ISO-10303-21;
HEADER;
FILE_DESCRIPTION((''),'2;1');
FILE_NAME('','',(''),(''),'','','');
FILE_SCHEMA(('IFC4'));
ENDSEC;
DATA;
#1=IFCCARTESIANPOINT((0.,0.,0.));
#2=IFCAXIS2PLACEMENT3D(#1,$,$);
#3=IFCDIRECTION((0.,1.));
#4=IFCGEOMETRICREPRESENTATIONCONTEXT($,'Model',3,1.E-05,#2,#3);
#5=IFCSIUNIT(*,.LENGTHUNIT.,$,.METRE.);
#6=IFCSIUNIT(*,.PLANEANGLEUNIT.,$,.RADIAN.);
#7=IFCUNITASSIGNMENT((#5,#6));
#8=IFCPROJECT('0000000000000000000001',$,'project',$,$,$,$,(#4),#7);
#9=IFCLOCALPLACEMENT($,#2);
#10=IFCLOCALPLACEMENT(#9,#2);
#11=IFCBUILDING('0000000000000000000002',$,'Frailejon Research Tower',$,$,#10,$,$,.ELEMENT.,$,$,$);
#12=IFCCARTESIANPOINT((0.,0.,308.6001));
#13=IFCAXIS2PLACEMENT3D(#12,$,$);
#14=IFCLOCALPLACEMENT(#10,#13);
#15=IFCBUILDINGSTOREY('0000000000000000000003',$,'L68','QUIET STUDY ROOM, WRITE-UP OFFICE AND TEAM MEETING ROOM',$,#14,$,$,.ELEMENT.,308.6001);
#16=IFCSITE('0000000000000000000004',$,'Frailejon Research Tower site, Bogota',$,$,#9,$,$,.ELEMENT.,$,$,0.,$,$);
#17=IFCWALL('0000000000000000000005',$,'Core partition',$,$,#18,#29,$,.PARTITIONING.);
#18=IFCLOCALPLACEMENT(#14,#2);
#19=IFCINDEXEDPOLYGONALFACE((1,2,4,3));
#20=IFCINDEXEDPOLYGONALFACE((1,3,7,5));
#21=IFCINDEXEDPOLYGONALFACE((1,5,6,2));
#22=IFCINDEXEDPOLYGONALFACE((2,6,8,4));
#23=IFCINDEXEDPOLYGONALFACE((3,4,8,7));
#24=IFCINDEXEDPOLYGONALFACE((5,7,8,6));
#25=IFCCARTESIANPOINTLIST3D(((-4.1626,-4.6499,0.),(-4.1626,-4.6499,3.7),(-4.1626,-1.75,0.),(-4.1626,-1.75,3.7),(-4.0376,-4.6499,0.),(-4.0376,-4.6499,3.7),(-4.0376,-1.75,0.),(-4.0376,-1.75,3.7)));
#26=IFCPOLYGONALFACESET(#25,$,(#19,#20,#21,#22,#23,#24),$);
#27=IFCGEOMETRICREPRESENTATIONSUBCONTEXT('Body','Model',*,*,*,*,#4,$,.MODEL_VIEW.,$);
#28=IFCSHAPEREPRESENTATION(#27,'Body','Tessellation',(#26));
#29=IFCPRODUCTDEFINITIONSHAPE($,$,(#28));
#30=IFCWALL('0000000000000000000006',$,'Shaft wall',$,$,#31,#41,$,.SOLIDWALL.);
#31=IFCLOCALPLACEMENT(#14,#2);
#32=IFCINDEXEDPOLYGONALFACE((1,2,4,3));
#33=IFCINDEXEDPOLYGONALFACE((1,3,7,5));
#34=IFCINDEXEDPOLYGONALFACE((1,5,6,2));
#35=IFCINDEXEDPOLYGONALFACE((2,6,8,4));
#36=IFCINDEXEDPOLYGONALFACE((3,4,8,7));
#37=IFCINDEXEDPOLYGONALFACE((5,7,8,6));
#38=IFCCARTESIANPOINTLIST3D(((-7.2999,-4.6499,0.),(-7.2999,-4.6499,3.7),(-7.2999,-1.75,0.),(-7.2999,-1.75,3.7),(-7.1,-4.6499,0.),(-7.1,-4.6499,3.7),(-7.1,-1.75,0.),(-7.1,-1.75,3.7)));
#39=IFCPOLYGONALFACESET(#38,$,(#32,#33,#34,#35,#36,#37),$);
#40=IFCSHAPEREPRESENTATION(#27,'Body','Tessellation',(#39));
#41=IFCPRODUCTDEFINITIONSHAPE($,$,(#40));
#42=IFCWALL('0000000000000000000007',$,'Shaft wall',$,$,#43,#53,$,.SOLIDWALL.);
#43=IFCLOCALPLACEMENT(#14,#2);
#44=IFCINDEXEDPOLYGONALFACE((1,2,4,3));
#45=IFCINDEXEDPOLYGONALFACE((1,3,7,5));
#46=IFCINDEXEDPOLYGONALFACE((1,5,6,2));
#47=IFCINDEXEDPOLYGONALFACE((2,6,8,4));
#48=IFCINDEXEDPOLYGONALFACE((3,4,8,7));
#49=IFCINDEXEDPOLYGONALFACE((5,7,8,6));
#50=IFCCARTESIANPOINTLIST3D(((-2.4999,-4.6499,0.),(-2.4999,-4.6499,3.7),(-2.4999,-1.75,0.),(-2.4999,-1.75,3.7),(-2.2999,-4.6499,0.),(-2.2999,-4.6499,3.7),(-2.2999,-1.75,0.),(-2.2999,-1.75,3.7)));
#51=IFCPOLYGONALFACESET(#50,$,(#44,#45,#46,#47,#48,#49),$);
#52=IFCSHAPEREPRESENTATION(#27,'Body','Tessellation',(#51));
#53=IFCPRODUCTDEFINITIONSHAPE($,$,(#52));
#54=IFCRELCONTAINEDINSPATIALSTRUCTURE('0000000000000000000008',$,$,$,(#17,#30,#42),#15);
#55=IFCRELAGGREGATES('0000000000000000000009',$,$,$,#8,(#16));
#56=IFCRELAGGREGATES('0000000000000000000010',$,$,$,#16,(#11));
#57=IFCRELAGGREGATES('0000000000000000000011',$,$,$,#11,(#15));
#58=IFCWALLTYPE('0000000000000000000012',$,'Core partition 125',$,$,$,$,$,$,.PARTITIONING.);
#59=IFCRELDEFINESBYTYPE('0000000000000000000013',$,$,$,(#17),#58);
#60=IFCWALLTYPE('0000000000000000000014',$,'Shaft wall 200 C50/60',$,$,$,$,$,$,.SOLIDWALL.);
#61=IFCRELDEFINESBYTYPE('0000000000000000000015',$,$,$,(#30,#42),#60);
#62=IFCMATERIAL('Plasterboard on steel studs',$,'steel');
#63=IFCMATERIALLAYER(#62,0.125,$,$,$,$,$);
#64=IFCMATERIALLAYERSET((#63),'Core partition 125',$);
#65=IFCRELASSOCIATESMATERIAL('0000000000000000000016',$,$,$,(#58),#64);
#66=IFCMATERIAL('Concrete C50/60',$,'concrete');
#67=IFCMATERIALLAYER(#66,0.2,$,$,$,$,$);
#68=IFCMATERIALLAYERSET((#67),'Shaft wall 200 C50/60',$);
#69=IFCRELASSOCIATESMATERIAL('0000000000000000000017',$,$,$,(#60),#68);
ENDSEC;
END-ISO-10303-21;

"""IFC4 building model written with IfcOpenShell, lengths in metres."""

from ifc_helpers import new_model, si_unit, direction, frame, frame_2d, origin, place, context, subcontext, project, spatial, rectangle, extrude, material, layer, layer_set, type_object, element, save


model = new_model("IFC4")

# Units and contexts
model_context = context("Model", 3, precision=1e-05, world=origin(), true_north=direction((0.0, 1.0)))
body_context = subcontext(model_context, "Body", "Model", "MODEL_VIEW")
ifc_project = project(units=[si_unit("LENGTHUNIT", "METRE"), si_unit("PLANEANGLEUNIT", "RADIAN")], contexts=[model_context])

# Site, building, storey
site_placement = place(None, origin())
site = spatial("IfcSite", under=ifc_project, at=site_placement, Name="Frailejon Research Tower site, Bogota", CompositionType="ELEMENT", RefElevation=0.0)
building_placement = place(site_placement, origin())
building = spatial("IfcBuilding", under=site, at=building_placement, Name="Frailejon Research Tower", CompositionType="ELEMENT")
storey_placement = place(building_placement, frame((0.0, 0.0, 308.6001)))
storey = spatial("IfcBuildingStorey", under=building, at=storey_placement, Name="L68", Description="QUIET STUDY ROOM, WRITE-UP OFFICE AND TEAM MEETING ROOM", CompositionType="ELEMENT", Elevation=308.6001)

# Walls
ifc_material_1 = material(Name="Plasterboard on steel studs", Category="steel")
ifc_layer_1 = layer(ifc_material_1, 0.125)
ifc_layer_set_1 = layer_set([ifc_layer_1], Name="Core partition 125")
wall_type_1 = type_object("IfcWallType", Name="Core partition 125", PredefinedType="PARTITIONING", material=ifc_layer_set_1)
wall_1_placement = place(storey_placement, frame((-4.1001, -4.6499, 0.0), z_axis=(0.0, 0.0, 1.0), x_axis=(0.0, 1.0, 0.0)))
element("IfcWall", 1, at=wall_1_placement, inside=storey, type_object=wall_type_1, Name="Core partition", PredefinedType="PARTITIONING", context=body_context, shape_type="SweptSolid", body=[
    extrude(rectangle(XDim=2.8999, YDim=0.125, at=frame_2d((1.45, 0.0))), origin(), (0.0, 0.0, 1.0), 3.7),
])
ifc_material_2 = material(Name="Concrete C50/60", Category="concrete")
ifc_layer_2 = layer(ifc_material_2, 0.2)
ifc_layer_set_2 = layer_set([ifc_layer_2], Name="Shaft wall 200 C50/60")
wall_type_2 = type_object("IfcWallType", Name="Shaft wall 200 C50/60", PredefinedType="SOLIDWALL", material=ifc_layer_set_2)
for number, where, z_axis, x_axis, name in (
    (2, (-7.2, -4.6499, 0.0), (0.0, 0.0, 1.0), (0.0, 1.0, 0.0), "Shaft wall"),
    (3, (-2.3999, -4.6499, 0.0), (0.0, 0.0, 1.0), (0.0, 1.0, 0.0), "Shaft wall"),
):
    element("IfcWall", number, at=place(storey_placement, frame(where, z_axis=z_axis, x_axis=x_axis)), inside=storey, type_object=wall_type_2, Name=name, PredefinedType="SOLIDWALL", context=body_context, shape_type="SweptSolid", body=[
        extrude(rectangle(XDim=2.8999, YDim=0.2, at=frame_2d((1.45, 0.0))), origin(), (0.0, 0.0, 1.0), 3.7),
    ])

save(model, "model.ifc")
